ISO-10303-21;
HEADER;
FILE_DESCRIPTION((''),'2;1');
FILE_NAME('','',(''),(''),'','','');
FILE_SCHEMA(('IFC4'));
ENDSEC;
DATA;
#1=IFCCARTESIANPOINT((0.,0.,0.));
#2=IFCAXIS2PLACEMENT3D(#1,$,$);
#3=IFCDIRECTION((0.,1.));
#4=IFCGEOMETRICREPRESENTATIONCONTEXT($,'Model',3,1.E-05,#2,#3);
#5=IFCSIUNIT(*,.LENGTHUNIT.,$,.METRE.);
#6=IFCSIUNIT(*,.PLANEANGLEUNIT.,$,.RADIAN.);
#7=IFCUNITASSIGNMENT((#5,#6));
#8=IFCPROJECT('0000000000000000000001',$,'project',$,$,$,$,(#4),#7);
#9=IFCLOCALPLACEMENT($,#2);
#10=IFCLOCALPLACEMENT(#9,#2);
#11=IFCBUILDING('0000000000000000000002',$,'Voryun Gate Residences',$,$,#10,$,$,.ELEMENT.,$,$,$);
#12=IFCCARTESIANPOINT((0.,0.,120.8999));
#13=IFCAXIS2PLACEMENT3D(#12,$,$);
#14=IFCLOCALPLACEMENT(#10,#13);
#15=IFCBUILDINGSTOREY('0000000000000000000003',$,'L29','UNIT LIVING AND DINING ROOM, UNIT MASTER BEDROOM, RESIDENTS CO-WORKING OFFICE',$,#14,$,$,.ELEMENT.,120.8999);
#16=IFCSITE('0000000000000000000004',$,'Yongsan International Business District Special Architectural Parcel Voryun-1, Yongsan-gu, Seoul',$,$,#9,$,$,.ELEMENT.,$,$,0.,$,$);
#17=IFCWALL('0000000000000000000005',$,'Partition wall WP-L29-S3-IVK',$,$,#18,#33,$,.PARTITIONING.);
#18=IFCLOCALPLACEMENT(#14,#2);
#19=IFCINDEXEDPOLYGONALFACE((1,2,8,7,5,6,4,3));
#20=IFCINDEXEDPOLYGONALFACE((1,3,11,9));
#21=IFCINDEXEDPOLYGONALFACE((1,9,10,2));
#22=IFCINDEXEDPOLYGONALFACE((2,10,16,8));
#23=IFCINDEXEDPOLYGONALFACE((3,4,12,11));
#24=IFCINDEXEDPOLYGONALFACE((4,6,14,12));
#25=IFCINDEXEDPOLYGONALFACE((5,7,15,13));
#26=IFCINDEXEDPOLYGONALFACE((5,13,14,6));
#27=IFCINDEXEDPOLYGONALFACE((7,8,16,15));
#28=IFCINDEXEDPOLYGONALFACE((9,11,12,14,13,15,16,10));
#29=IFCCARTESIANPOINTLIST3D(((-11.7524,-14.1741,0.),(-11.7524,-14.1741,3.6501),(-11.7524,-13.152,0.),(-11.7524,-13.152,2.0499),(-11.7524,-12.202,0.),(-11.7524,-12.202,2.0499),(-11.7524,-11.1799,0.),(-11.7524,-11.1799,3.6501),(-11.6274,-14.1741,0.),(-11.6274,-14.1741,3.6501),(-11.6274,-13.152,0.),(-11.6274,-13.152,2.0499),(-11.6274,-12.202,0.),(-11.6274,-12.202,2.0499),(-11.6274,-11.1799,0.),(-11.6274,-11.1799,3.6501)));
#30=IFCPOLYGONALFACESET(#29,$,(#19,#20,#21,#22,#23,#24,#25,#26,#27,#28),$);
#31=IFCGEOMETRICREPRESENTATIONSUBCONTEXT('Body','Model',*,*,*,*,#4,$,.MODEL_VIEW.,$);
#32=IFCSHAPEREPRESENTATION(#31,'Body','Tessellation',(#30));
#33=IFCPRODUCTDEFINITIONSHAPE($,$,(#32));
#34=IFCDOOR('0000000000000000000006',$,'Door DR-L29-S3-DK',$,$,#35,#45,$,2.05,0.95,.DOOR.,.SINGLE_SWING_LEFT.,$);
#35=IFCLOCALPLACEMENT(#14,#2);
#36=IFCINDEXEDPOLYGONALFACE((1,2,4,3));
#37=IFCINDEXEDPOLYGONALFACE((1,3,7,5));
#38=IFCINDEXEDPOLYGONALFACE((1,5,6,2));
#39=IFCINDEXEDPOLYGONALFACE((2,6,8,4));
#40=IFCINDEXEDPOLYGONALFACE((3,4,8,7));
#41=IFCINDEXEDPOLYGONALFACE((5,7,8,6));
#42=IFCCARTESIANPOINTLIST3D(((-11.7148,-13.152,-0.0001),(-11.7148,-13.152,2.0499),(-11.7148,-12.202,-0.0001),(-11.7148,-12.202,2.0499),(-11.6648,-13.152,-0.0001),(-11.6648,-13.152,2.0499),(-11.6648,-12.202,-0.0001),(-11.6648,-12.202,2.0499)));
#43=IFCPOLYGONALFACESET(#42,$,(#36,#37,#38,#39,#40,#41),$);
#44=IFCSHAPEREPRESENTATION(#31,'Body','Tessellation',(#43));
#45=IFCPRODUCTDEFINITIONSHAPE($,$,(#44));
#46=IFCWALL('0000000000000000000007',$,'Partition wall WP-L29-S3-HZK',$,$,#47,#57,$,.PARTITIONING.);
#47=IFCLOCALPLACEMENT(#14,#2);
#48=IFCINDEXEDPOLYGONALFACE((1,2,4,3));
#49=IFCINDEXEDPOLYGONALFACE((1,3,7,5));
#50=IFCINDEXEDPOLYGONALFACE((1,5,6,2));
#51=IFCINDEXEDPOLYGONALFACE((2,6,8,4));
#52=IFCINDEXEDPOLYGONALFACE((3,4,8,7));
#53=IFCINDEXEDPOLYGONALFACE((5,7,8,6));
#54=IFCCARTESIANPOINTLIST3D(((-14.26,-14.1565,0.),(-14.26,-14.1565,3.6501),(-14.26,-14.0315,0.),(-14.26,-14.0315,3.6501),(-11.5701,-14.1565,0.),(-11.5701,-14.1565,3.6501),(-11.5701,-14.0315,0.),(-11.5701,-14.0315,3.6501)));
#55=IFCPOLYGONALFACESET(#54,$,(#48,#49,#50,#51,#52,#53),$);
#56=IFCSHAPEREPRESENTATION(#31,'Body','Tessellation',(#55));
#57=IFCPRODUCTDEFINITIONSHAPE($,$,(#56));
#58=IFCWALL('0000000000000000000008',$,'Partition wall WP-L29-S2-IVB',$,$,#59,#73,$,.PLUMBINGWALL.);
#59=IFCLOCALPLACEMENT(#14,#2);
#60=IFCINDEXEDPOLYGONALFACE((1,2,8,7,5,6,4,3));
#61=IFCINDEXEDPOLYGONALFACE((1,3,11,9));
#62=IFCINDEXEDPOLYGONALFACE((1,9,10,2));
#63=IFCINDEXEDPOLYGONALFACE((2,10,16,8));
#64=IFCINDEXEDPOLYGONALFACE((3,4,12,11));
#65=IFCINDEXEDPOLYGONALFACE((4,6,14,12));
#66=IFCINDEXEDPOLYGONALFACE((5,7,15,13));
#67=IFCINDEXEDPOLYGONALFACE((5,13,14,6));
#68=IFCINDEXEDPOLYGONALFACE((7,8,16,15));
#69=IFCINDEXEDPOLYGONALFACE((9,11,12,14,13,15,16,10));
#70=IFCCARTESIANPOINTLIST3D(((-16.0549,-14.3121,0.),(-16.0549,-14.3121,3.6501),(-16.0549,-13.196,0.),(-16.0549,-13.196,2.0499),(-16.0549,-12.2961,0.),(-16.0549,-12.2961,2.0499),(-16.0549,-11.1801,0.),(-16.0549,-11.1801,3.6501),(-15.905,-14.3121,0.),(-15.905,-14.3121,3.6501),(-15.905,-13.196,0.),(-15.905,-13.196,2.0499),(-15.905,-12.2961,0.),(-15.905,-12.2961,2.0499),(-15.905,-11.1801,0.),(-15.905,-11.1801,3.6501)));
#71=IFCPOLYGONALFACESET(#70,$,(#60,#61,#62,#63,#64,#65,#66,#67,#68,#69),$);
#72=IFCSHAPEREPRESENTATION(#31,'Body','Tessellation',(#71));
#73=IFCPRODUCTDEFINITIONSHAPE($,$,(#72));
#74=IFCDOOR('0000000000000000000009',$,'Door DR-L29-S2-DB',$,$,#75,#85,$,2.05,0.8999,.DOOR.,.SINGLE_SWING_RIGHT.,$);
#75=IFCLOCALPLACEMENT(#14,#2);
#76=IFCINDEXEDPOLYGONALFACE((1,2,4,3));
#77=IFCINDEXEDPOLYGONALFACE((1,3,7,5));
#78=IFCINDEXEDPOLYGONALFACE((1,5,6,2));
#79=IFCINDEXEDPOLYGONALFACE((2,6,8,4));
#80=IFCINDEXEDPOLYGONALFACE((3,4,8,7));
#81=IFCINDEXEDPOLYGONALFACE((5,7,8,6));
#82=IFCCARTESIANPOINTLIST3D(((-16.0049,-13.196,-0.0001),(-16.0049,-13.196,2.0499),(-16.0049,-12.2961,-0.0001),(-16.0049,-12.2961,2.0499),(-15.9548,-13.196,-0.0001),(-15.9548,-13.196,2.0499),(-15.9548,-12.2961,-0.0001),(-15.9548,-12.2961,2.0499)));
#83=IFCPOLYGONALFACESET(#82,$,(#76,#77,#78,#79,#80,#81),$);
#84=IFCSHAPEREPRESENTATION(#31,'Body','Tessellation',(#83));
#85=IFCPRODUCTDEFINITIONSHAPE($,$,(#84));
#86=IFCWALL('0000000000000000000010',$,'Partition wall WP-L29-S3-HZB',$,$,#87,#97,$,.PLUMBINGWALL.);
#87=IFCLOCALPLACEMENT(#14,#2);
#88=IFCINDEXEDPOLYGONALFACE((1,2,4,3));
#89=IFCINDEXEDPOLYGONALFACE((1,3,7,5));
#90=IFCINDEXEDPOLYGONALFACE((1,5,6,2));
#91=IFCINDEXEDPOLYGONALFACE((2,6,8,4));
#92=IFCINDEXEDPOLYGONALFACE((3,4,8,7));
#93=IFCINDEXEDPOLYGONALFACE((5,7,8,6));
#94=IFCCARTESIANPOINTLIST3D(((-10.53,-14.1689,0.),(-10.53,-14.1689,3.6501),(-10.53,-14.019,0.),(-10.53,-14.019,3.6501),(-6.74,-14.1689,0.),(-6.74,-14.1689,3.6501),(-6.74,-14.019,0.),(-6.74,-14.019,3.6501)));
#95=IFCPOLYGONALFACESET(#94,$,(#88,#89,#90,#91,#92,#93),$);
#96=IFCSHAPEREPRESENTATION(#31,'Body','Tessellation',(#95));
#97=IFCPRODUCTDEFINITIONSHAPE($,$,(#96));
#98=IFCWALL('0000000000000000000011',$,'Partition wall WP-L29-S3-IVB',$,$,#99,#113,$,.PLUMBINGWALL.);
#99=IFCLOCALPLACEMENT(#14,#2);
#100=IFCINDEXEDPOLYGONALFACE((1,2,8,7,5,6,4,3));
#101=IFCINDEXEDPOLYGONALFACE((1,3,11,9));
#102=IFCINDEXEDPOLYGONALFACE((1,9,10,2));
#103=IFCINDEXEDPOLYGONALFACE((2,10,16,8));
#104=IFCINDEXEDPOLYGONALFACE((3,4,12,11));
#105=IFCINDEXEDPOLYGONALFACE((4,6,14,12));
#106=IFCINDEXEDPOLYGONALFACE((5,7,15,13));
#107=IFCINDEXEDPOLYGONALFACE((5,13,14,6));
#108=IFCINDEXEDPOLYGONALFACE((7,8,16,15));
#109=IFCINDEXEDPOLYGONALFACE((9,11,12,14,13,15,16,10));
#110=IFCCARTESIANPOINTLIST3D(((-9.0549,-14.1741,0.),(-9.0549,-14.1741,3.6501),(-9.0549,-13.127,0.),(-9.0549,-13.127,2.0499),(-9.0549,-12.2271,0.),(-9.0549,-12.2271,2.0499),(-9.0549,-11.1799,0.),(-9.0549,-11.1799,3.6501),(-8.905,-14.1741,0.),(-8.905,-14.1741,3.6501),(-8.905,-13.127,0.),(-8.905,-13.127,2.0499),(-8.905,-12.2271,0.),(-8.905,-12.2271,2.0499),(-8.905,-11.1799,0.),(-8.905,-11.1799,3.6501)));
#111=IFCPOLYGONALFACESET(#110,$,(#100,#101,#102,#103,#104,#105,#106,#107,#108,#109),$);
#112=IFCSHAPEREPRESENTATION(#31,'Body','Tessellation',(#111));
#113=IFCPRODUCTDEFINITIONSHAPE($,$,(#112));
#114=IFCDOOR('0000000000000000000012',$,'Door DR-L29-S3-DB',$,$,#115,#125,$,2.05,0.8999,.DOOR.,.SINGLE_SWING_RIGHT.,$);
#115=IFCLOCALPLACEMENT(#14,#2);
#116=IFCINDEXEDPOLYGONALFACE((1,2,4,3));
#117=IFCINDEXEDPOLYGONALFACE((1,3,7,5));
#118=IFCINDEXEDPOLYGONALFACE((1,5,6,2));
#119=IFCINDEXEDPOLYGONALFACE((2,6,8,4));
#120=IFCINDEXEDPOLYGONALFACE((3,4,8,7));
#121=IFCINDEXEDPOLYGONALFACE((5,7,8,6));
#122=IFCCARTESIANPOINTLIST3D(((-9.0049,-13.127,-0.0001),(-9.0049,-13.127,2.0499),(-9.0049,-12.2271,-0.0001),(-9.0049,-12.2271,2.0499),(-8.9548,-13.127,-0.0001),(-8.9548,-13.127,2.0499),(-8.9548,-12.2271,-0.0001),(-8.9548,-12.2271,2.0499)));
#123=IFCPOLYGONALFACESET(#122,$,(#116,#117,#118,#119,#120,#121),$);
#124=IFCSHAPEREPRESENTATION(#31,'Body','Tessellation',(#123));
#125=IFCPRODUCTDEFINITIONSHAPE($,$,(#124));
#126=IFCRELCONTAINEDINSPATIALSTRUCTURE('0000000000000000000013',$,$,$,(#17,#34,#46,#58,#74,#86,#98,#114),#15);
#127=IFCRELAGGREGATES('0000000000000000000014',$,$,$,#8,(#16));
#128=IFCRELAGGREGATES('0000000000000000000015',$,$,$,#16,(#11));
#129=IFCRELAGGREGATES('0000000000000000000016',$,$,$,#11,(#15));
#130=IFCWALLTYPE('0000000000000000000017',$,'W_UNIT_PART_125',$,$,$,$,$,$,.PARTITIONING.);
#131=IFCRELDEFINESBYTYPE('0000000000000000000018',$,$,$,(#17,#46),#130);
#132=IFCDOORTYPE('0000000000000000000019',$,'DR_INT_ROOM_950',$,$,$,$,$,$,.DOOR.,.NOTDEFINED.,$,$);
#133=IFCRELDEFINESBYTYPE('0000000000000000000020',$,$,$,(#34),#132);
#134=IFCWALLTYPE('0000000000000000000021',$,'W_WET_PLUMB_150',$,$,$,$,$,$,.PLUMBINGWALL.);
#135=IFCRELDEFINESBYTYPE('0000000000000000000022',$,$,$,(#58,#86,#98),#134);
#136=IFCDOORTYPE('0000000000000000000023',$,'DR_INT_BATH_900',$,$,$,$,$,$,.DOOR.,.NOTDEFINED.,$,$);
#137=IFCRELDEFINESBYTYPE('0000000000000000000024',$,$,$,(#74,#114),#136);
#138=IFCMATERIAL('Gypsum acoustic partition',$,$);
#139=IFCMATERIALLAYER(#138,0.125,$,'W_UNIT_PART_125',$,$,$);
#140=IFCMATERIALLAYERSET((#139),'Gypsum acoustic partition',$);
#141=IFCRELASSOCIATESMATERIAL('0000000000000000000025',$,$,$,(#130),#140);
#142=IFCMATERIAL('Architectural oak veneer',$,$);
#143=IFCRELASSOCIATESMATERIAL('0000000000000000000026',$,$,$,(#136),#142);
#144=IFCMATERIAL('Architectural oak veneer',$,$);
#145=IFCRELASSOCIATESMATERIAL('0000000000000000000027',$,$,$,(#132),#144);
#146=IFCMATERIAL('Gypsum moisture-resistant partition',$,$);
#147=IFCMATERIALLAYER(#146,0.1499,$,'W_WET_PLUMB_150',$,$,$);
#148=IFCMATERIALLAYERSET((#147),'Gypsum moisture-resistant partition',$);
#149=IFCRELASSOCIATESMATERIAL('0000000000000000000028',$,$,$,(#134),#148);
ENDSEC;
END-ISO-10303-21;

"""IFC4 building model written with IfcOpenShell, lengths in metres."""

from ifc_helpers import new_model, si_unit, direction, frame, frame_2d, origin, place, context, subcontext, project, spatial, rectangle, extrude, material, layer, layer_set, type_object, element, fill, save


model = new_model("IFC4")

# Units and contexts
model_context = context("Model", 3, precision=1e-05, world=origin(), true_north=direction((0.0, 1.0)))
body_context = subcontext(model_context, "Body", "Model", "MODEL_VIEW")
ifc_project = project(units=[si_unit("LENGTHUNIT", "METRE"), si_unit("PLANEANGLEUNIT", "RADIAN")], contexts=[model_context])

# Site, building, storey
site_placement = place(None, origin())
site = spatial("IfcSite", under=ifc_project, at=site_placement, Name="Yongsan International Business District Special Architectural Parcel Voryun-1, Yongsan-gu, Seoul", CompositionType="ELEMENT", RefElevation=0.0)
building_placement = place(site_placement, origin())
building = spatial("IfcBuilding", under=site, at=building_placement, Name="Voryun Gate Residences", CompositionType="ELEMENT")
storey_placement = place(building_placement, frame((0.0, 0.0, 120.8999)))
storey = spatial("IfcBuildingStorey", under=building, at=storey_placement, Name="L29", Description="UNIT LIVING AND DINING ROOM, UNIT MASTER BEDROOM, RESIDENTS CO-WORKING OFFICE", CompositionType="ELEMENT", Elevation=120.8999)

# Wall, opening, door
ifc_material_1 = material(Name="Gypsum acoustic partition")
ifc_layer_1 = layer(ifc_material_1, 0.125, Name="W_UNIT_PART_125")
ifc_layer_set_1 = layer_set([ifc_layer_1], Name="Gypsum acoustic partition")
wall_type_1 = type_object("IfcWallType", Name="W_UNIT_PART_125", PredefinedType="PARTITIONING", material=ifc_layer_set_1)
ifc_material_2 = material(Name="Architectural oak veneer")
door_type_1 = type_object("IfcDoorType", Name="DR_INT_BATH_900", OperationType="NOTDEFINED", PredefinedType="DOOR", material=ifc_material_2)
wall_1_placement = place(storey_placement, frame((-11.6899, -14.1741, 0.0), z_axis=(0.0, 0.0, 1.0), x_axis=(0.0, 1.0, 0.0)))
wall_1 = element("IfcWall", 1, at=wall_1_placement, inside=storey, type_object=wall_type_1, Name="Partition wall WP-L29-S3-IVK", PredefinedType="PARTITIONING", context=body_context, shape_type="SweptSolid", body=[
    extrude(rectangle(XDim=2.9941, YDim=0.125, at=frame_2d((1.4971, 0.0))), origin(), (0.0, 0.0, 1.0), 3.6501),
])
opening_1_placement = place(wall_1_placement, frame((1.022, 0.0, 0.0)))
opening_1 = element("IfcOpeningElement", 2, at=opening_1_placement, cuts=wall_1, PredefinedType="OPENING", context=body_context, shape_type="SweptSolid", body=[
    extrude(rectangle(XDim=0.95, YDim=2.05, at=frame_2d((0.4751, 1.0249))), frame((0.0, 0.0725, 0.0), z_axis=(0.0, -1.0, 0.0), x_axis=(1.0, 0.0, 0.0)), (0.0, 0.0, 1.0), 0.145),
])
ifc_material_3 = material(Name="Architectural oak veneer")
door_type_2 = type_object("IfcDoorType", Name="DR_INT_ROOM_950", OperationType="NOTDEFINED", PredefinedType="DOOR", material=ifc_material_3)
door_1_placement = place(opening_1_placement, origin())
door_1 = element("IfcDoor", 3, at=door_1_placement, inside=storey, type_object=door_type_2, Name="Door DR-L29-S3-DK", OperationType="SINGLE_SWING_LEFT", OverallHeight=2.05, OverallWidth=0.95, PredefinedType="DOOR", context=body_context, shape_type="SweptSolid", body=[
    extrude(rectangle(XDim=0.95, YDim=2.05, at=frame_2d((0.4751, 1.0249))), frame((0.0, 0.0249, 0.0), z_axis=(0.0, -1.0, 0.0), x_axis=(1.0, 0.0, 0.0)), (0.0, 0.0, 1.0), 0.05),
])
fill(opening_1, door_1)

# Wall
wall_2_placement = place(storey_placement, frame((-14.26, -14.094, 0.0), z_axis=(0.0, 0.0, 1.0), x_axis=(1.0, 0.0, 0.0)))
element("IfcWall", 4, at=wall_2_placement, inside=storey, type_object=wall_type_1, Name="Partition wall WP-L29-S3-HZK", PredefinedType="PARTITIONING", context=body_context, shape_type="SweptSolid", body=[
    extrude(rectangle(XDim=2.6899, YDim=0.125, at=frame_2d((1.345, 0.0))), origin(), (0.0, 0.0, 1.0), 3.6501),
])

# Wall, opening, door
ifc_material_4 = material(Name="Gypsum moisture-resistant partition")
ifc_layer_2 = layer(ifc_material_4, 0.1499, Name="W_WET_PLUMB_150")
ifc_layer_set_2 = layer_set([ifc_layer_2], Name="Gypsum moisture-resistant partition")
wall_type_2 = type_object("IfcWallType", Name="W_WET_PLUMB_150", PredefinedType="PLUMBINGWALL", material=ifc_layer_set_2)
wall_3_placement = place(storey_placement, frame((-15.98, -14.312, 0.0), z_axis=(0.0, 0.0, 1.0), x_axis=(0.0, 1.0, 0.0)))
wall_3 = element("IfcWall", 5, at=wall_3_placement, inside=storey, type_object=wall_type_2, Name="Partition wall WP-L29-S2-IVB", PredefinedType="PLUMBINGWALL", context=body_context, shape_type="SweptSolid", body=[
    extrude(rectangle(XDim=3.1321, YDim=0.1499, at=frame_2d((1.5659, 0.0))), origin(), (0.0, 0.0, 1.0), 3.6501),
])
opening_2_placement = place(wall_3_placement, frame((1.116, 0.0, 0.0)))
opening_2 = element("IfcOpeningElement", 6, at=opening_2_placement, cuts=wall_3, PredefinedType="OPENING", context=body_context, shape_type="SweptSolid", body=[
    extrude(rectangle(XDim=0.8999, YDim=2.05, at=frame_2d((0.45, 1.0249))), frame((0.0, 0.085, 0.0), z_axis=(0.0, -1.0, 0.0), x_axis=(1.0, 0.0, 0.0)), (0.0, 0.0, 1.0), 0.1699),
])
door_2_placement = place(opening_2_placement, origin())
door_2 = element("IfcDoor", 7, at=door_2_placement, inside=storey, type_object=door_type_1, Name="Door DR-L29-S2-DB", OperationType="SINGLE_SWING_RIGHT", OverallHeight=2.05, OverallWidth=0.8999, PredefinedType="DOOR", context=body_context, shape_type="SweptSolid", body=[
    extrude(rectangle(XDim=0.8999, YDim=2.05, at=frame_2d((0.45, 1.0249))), frame((0.0, 0.0249, 0.0), z_axis=(0.0, -1.0, 0.0), x_axis=(1.0, 0.0, 0.0)), (0.0, 0.0, 1.0), 0.05),
])
fill(opening_2, door_2)

# Wall
wall_4_placement = place(storey_placement, frame((-10.53, -14.094, 0.0), z_axis=(0.0, 0.0, 1.0), x_axis=(1.0, 0.0, 0.0)))
element("IfcWall", 8, at=wall_4_placement, inside=storey, type_object=wall_type_2, Name="Partition wall WP-L29-S3-HZB", PredefinedType="PLUMBINGWALL", context=body_context, shape_type="SweptSolid", body=[
    extrude(rectangle(XDim=3.79, YDim=0.1499, at=frame_2d((1.895, 0.0))), origin(), (0.0, 0.0, 1.0), 3.6501),
])

# Wall, opening, door
wall_5_placement = place(storey_placement, frame((-8.98, -14.1741, 0.0), z_axis=(0.0, 0.0, 1.0), x_axis=(0.0, 1.0, 0.0)))
wall_5 = element("IfcWall", 9, at=wall_5_placement, inside=storey, type_object=wall_type_2, Name="Partition wall WP-L29-S3-IVB", PredefinedType="PLUMBINGWALL", context=body_context, shape_type="SweptSolid", body=[
    extrude(rectangle(XDim=2.9941, YDim=0.1499, at=frame_2d((1.4971, 0.0))), origin(), (0.0, 0.0, 1.0), 3.6501),
])
opening_3_placement = place(wall_5_placement, frame((1.0471, 0.0, 0.0)))
opening_3 = element("IfcOpeningElement", 10, at=opening_3_placement, cuts=wall_5, PredefinedType="OPENING", context=body_context, shape_type="SweptSolid", body=[
    extrude(rectangle(XDim=0.8999, YDim=2.05, at=frame_2d((0.45, 1.0249))), frame((0.0, 0.085, 0.0), z_axis=(0.0, -1.0, 0.0), x_axis=(1.0, 0.0, 0.0)), (0.0, 0.0, 1.0), 0.1699),
])
door_3_placement = place(opening_3_placement, origin())
door_3 = element("IfcDoor", 11, at=door_3_placement, inside=storey, type_object=door_type_1, Name="Door DR-L29-S3-DB", OperationType="SINGLE_SWING_RIGHT", OverallHeight=2.05, OverallWidth=0.8999, PredefinedType="DOOR", context=body_context, shape_type="SweptSolid", body=[
    extrude(rectangle(XDim=0.8999, YDim=2.05, at=frame_2d((0.45, 1.0249))), frame((0.0, 0.0249, 0.0), z_axis=(0.0, -1.0, 0.0), x_axis=(1.0, 0.0, 0.0)), (0.0, 0.0, 1.0), 0.05),
])
fill(opening_3, door_3)

save(model, "model.ifc")
